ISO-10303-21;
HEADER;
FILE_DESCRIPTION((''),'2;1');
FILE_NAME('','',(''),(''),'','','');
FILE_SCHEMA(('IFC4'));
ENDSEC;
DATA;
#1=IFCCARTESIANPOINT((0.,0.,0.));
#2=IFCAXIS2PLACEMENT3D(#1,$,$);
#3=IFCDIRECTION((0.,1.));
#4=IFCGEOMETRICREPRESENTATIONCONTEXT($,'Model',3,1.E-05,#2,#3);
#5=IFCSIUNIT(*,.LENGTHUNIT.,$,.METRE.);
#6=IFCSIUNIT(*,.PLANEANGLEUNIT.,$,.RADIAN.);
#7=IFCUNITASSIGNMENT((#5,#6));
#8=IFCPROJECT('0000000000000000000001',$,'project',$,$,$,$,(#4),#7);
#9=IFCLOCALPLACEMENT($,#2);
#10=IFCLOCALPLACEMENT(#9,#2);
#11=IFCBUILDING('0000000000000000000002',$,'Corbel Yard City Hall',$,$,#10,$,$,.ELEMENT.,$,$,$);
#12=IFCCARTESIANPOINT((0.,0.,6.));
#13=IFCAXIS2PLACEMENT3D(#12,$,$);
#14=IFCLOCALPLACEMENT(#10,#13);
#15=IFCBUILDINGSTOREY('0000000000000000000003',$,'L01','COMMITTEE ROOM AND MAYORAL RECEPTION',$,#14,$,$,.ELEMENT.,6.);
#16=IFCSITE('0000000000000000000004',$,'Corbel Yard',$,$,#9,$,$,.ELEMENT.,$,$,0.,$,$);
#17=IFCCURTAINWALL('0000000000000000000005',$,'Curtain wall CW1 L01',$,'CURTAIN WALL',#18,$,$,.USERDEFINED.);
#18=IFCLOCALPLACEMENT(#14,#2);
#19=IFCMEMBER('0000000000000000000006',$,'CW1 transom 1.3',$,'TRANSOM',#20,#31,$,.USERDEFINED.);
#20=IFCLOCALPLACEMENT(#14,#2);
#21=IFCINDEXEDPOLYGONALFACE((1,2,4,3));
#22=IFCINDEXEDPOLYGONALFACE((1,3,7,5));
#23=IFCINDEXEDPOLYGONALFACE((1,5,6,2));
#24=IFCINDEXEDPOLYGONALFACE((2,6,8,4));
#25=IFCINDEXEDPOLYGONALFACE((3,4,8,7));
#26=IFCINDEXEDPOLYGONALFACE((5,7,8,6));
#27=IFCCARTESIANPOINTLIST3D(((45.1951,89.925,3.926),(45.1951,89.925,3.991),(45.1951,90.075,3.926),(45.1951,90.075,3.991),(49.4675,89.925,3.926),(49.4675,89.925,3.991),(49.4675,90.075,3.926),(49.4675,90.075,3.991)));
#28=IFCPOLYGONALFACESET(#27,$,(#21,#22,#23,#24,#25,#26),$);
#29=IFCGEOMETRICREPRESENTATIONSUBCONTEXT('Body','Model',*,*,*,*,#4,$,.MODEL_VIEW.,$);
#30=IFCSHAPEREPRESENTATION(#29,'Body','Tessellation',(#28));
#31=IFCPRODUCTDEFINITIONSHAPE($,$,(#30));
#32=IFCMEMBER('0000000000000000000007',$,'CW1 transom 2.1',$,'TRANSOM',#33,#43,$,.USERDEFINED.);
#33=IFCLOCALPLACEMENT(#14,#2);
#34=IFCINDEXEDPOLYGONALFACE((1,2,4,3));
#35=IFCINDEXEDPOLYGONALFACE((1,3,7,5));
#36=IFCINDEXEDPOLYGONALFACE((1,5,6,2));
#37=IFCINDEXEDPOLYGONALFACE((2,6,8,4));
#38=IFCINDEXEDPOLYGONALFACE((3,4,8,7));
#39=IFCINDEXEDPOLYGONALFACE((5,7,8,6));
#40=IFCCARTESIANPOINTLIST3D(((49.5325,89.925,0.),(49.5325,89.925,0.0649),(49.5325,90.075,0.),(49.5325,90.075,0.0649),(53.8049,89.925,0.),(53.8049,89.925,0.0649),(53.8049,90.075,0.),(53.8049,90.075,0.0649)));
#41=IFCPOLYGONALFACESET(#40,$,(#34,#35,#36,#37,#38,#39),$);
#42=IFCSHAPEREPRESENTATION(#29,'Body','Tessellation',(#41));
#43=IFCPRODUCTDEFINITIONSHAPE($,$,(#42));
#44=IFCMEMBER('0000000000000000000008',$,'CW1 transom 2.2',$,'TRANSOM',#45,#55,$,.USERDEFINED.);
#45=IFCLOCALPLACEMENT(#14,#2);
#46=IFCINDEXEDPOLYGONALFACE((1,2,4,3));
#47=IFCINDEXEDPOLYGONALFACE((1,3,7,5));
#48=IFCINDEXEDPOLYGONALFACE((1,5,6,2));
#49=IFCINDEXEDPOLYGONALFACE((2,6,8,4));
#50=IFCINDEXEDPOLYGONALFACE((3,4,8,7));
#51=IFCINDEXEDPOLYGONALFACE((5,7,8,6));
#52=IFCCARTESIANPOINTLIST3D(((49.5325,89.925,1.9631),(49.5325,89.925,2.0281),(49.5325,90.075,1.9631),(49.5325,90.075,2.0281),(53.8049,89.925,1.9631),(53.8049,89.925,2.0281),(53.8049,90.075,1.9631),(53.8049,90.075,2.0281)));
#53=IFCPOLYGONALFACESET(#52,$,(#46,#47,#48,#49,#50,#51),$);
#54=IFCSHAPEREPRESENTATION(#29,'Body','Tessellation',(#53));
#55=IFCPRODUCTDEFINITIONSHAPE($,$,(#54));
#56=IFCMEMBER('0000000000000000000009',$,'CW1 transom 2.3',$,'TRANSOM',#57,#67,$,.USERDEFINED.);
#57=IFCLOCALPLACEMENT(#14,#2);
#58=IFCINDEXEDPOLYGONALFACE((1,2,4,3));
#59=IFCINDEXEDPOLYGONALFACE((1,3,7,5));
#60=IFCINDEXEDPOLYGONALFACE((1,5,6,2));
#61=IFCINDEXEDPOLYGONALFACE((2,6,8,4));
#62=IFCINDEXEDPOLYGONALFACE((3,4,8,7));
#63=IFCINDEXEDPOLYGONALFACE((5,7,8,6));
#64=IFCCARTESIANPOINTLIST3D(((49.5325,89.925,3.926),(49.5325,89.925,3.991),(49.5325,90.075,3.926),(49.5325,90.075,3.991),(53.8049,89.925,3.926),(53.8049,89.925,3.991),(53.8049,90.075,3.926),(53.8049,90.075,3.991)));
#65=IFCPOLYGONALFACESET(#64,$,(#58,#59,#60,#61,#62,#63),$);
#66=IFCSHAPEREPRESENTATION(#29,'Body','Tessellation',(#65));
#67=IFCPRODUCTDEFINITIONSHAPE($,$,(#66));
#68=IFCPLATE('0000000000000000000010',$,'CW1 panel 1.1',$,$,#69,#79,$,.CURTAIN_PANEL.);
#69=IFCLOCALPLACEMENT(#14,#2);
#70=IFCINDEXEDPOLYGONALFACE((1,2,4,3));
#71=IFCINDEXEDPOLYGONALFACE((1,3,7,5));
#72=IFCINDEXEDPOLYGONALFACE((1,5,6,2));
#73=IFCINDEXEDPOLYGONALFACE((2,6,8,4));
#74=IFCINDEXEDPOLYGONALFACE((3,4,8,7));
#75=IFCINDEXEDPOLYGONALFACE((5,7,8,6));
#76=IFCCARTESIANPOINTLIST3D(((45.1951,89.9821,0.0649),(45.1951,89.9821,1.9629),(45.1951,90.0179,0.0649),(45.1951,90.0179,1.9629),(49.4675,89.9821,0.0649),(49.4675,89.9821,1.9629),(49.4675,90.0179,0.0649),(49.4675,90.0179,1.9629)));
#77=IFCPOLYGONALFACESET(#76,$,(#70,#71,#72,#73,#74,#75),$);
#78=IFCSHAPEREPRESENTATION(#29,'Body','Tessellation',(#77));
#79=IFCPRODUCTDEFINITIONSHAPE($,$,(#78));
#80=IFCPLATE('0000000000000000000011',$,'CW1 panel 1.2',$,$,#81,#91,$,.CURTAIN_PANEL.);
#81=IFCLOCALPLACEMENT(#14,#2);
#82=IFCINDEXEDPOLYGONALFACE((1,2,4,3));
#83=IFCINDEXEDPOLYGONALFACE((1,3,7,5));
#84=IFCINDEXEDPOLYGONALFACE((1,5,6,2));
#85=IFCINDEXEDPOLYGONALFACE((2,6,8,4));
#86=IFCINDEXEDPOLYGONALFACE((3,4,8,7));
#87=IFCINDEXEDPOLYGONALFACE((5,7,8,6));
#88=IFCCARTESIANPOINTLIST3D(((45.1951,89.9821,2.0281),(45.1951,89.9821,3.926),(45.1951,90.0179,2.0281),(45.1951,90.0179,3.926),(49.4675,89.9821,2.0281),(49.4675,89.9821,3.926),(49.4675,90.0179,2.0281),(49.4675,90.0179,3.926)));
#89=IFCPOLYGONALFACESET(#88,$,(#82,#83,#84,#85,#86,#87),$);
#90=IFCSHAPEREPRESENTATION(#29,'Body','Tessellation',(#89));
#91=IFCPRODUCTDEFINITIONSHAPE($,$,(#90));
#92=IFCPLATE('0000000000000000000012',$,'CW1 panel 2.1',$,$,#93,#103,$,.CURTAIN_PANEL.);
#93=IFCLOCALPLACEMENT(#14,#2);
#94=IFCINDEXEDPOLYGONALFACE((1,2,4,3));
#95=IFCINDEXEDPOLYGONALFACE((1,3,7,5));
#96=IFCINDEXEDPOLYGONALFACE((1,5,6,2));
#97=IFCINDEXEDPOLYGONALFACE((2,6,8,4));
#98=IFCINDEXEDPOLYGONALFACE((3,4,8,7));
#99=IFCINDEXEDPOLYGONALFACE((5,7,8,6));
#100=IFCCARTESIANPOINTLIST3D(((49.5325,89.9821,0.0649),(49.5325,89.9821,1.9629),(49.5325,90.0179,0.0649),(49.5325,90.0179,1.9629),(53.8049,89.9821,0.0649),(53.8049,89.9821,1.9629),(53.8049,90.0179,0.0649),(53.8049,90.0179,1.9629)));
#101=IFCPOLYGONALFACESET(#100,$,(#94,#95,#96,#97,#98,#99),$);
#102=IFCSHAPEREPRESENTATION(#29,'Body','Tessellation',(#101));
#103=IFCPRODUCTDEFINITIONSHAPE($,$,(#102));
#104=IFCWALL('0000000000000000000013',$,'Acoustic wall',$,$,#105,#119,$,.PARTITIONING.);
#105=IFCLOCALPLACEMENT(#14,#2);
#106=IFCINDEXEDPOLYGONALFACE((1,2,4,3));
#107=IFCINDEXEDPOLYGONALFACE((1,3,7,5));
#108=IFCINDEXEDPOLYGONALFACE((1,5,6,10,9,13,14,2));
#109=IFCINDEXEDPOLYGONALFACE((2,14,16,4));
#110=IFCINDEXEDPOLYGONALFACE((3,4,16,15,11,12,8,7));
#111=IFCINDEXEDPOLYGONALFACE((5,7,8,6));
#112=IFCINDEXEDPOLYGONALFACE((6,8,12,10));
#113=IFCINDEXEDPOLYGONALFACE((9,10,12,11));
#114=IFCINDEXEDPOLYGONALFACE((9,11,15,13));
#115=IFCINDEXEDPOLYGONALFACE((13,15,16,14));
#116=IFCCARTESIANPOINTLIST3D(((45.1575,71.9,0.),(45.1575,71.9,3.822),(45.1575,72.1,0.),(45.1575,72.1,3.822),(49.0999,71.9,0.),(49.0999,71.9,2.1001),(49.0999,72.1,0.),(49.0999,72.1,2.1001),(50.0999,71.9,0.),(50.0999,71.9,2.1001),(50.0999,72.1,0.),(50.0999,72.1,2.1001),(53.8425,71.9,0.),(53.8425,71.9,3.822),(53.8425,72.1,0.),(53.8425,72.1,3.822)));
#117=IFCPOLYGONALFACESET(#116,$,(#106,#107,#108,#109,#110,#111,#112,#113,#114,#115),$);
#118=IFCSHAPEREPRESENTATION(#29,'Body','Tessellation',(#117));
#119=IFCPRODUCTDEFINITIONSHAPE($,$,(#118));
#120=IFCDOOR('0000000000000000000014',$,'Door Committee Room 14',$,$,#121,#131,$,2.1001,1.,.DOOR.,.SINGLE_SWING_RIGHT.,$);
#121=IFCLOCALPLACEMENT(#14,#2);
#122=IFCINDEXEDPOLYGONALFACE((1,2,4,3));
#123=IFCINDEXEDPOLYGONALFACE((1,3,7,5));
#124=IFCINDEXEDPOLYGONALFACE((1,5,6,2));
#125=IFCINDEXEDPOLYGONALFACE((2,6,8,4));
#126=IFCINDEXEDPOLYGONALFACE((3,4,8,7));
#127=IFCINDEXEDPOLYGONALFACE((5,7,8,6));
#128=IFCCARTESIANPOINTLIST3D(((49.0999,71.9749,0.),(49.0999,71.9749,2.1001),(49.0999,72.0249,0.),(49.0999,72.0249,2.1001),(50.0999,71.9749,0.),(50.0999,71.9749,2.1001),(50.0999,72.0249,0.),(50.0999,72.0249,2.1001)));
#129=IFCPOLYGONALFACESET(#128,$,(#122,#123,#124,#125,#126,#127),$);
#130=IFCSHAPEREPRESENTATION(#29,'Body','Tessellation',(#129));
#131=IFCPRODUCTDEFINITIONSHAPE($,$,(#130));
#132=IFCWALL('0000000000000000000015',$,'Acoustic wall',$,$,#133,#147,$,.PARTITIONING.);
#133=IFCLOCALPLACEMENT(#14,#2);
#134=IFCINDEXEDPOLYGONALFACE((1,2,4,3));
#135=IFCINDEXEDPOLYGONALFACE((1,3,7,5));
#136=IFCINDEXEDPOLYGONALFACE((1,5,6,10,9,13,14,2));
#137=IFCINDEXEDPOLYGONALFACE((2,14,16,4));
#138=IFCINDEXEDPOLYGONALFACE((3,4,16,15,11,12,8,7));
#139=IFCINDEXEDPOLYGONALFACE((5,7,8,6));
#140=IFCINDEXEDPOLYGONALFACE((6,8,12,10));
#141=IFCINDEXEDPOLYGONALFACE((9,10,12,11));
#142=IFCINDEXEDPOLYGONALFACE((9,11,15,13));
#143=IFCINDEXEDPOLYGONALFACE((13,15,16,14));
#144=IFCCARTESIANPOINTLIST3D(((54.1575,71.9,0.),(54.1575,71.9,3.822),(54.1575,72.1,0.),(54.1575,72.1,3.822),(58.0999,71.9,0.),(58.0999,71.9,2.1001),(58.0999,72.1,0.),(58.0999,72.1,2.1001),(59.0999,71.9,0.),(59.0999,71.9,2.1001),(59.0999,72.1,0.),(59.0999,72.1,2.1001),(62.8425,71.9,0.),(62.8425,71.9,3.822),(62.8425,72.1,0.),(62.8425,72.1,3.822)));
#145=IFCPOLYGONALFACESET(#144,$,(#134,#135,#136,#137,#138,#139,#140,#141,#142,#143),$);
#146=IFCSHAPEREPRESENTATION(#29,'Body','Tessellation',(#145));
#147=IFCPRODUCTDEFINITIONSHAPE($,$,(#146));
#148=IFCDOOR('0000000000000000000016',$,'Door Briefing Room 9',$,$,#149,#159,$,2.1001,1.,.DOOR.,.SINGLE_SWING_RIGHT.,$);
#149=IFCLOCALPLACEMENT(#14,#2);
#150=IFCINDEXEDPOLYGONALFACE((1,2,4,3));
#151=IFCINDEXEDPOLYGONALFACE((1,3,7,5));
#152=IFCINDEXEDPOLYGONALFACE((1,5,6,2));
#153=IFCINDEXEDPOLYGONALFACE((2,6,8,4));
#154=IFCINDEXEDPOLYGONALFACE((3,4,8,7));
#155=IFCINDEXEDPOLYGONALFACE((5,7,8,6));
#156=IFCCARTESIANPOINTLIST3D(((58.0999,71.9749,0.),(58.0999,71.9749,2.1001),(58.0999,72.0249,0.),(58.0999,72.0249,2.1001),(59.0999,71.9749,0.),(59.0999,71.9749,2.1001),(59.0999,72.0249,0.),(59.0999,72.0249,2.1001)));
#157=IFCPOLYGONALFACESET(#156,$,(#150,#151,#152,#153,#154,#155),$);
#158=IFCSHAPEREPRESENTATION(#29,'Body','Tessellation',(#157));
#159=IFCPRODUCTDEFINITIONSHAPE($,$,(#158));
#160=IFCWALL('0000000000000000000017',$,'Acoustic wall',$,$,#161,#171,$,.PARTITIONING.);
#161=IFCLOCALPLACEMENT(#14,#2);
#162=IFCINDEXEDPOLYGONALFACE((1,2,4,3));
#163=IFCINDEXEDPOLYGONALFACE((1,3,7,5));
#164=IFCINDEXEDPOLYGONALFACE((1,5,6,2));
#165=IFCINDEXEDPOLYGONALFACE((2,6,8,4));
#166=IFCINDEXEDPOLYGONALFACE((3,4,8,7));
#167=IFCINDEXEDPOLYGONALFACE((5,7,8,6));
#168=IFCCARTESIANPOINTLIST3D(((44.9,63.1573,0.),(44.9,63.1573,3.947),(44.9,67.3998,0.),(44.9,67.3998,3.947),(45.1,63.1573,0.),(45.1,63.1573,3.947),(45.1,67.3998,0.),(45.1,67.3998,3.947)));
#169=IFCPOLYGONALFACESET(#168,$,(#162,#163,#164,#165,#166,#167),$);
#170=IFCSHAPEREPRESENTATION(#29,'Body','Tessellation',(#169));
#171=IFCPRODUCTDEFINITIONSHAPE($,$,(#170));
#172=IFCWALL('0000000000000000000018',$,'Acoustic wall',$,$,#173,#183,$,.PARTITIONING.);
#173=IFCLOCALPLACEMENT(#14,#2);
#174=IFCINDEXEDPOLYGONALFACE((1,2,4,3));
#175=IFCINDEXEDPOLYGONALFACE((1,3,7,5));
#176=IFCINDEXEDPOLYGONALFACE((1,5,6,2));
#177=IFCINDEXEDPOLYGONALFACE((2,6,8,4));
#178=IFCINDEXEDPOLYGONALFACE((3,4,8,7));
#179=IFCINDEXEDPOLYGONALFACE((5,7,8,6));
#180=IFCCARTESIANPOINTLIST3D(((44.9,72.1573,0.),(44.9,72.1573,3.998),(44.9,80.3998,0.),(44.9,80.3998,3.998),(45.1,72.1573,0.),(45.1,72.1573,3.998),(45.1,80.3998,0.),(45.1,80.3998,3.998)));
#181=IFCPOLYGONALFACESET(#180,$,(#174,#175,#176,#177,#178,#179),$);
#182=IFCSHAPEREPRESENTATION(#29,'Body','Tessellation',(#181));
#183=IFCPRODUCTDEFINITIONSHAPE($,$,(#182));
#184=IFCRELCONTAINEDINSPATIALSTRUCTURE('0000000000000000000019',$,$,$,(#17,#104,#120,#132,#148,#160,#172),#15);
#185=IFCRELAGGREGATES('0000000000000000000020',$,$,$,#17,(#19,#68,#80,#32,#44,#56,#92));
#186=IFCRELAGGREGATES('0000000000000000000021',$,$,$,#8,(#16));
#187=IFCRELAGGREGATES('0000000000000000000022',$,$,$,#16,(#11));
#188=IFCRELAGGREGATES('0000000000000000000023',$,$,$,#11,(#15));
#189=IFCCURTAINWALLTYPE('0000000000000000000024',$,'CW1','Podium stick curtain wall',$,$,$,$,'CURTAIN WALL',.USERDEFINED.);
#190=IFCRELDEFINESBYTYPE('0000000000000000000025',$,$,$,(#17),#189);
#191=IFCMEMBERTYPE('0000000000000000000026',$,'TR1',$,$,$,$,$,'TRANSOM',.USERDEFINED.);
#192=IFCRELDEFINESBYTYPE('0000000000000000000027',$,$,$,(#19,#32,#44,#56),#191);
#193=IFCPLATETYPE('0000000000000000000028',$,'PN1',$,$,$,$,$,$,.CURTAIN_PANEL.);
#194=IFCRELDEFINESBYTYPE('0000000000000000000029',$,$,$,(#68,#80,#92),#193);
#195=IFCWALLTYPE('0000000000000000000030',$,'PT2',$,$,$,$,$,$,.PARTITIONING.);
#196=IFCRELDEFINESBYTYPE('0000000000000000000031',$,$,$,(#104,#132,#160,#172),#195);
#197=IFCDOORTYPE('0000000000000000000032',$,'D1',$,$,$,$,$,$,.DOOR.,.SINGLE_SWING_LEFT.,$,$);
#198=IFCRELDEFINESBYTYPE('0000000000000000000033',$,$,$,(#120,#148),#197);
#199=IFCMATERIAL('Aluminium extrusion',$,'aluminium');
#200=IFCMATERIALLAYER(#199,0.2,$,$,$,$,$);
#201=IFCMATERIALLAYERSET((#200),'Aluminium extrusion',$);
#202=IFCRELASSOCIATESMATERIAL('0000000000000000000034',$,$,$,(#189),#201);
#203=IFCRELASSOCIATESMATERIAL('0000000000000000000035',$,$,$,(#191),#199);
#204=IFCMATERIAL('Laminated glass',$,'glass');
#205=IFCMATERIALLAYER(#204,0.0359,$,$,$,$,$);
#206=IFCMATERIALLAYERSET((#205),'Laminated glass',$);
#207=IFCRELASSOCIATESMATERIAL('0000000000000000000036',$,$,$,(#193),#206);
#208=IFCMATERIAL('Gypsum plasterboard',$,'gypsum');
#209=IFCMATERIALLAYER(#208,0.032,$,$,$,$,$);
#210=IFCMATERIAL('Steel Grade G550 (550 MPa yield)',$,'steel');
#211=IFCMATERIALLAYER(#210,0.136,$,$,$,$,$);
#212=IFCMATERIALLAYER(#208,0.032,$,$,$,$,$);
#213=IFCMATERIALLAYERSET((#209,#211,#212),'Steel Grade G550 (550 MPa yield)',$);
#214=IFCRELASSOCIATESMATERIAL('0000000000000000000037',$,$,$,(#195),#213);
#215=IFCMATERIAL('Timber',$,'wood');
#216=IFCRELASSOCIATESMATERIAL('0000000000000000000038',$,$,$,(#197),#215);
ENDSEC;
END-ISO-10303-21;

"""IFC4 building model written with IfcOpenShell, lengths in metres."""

from ifc_helpers import new_model, si_unit, direction, frame, frame_2d, origin, origin_2d, place, context, subcontext, project, spatial, rectangle, extrude, material, layer, layer_set, material_profile, profile_set, type_object, element, fill, aggregate, save


model = new_model("IFC4")

# Units and contexts
model_context = context("Model", 3, precision=1e-05, world=origin(), true_north=direction((0.0, 1.0)))
body_context = subcontext(model_context, "Body", "Model", "MODEL_VIEW")
ifc_project = project(units=[si_unit("LENGTHUNIT", "METRE"), si_unit("PLANEANGLEUNIT", "RADIAN")], contexts=[model_context])

# Site, building, storey
site_placement = place(None, origin())
site = spatial("IfcSite", under=ifc_project, at=site_placement, Name="Corbel Yard", CompositionType="ELEMENT", RefElevation=0.0)
building_placement = place(site_placement, origin())
building = spatial("IfcBuilding", under=site, at=building_placement, Name="Corbel Yard City Hall", CompositionType="ELEMENT")
storey_placement = place(building_placement, frame((0.0, 0.0, 6.0)))
storey = spatial("IfcBuildingStorey", under=building, at=storey_placement, Name="L01", Description="COMMITTEE ROOM AND MAYORAL RECEPTION", CompositionType="ELEMENT", Elevation=6.0)

# Curtain wall
ifc_material_1 = material(Name="Aluminium extrusion", Category="aluminium")
ifc_layer_1 = layer(ifc_material_1, 0.2)
ifc_layer_set_1 = layer_set([ifc_layer_1], Name="Aluminium extrusion")
curtain_wall_type = type_object("IfcCurtainWallType", Name="CW1", Description="Podium stick curtain wall", ElementType="CURTAIN WALL", PredefinedType="USERDEFINED", material=ifc_layer_set_1)
curtain_wall_placement = place(storey_placement, origin())
curtain_wall = element("IfcCurtainWall", 1, at=curtain_wall_placement, inside=storey, type_object=curtain_wall_type, Name="Curtain wall CW1 L01", ObjectType="CURTAIN WALL", PredefinedType="USERDEFINED")

# Members
ifc_material_profile_1 = material_profile(ifc_material_1, rectangle(XDim=0.1499, YDim=0.0649, at=origin_2d()), Name="150x65")
ifc_profile_set_1 = profile_set([ifc_material_profile_1], Name="Aluminium extrusion")
member_type_1 = type_object("IfcMemberType", Name="TR1", ElementType="TRANSOM", PredefinedType="USERDEFINED", material=ifc_profile_set_1)
member_1_placement = place(storey_placement, frame((45.1951, 90.0, 3.9585), z_axis=(1.0, 0.0, 0.0), x_axis=(0.0, 1.0, 0.0)))
member_1 = element("IfcMember", 2, at=member_1_placement, type_object=member_type_1, Name="CW1 transom 1.3", ObjectType="TRANSOM", PredefinedType="USERDEFINED", context=body_context, shape_type="SweptSolid", body=[
    extrude(rectangle(XDim=0.1499, YDim=0.0649, at=origin_2d()), origin(), (0.0, 0.0, 1.0), 4.2725),
])
member_2_placement = place(storey_placement, frame((49.5325, 90.0, 0.0325), z_axis=(1.0, 0.0, 0.0), x_axis=(0.0, 1.0, 0.0)))
member_2 = element("IfcMember", 3, at=member_2_placement, type_object=member_type_1, Name="CW1 transom 2.1", ObjectType="TRANSOM", PredefinedType="USERDEFINED", context=body_context, shape_type="SweptSolid", body=[
    extrude(rectangle(XDim=0.1499, YDim=0.0649, at=origin_2d()), origin(), (0.0, 0.0, 1.0), 4.2725),
])
member_3_placement = place(storey_placement, frame((49.5325, 90.0, 1.9956), z_axis=(1.0, 0.0, 0.0), x_axis=(0.0, 1.0, 0.0)))
member_3 = element("IfcMember", 4, at=member_3_placement, type_object=member_type_1, Name="CW1 transom 2.2", ObjectType="TRANSOM", PredefinedType="USERDEFINED", context=body_context, shape_type="SweptSolid", body=[
    extrude(rectangle(XDim=0.1499, YDim=0.0649, at=origin_2d()), origin(), (0.0, 0.0, 1.0), 4.2725),
])
member_4_placement = place(storey_placement, frame((49.5325, 90.0, 3.9585), z_axis=(1.0, 0.0, 0.0), x_axis=(0.0, 1.0, 0.0)))
member_4 = element("IfcMember", 5, at=member_4_placement, type_object=member_type_1, Name="CW1 transom 2.3", ObjectType="TRANSOM", PredefinedType="USERDEFINED", context=body_context, shape_type="SweptSolid", body=[
    extrude(rectangle(XDim=0.1499, YDim=0.0649, at=origin_2d()), origin(), (0.0, 0.0, 1.0), 4.2725),
])

# Plates
ifc_material_2 = material(Name="Laminated glass", Category="glass")
ifc_layer_2 = layer(ifc_material_2, 0.0359)
ifc_layer_set_2 = layer_set([ifc_layer_2], Name="Laminated glass")
plate_type = type_object("IfcPlateType", Name="PN1", PredefinedType="CURTAIN_PANEL", material=ifc_layer_set_2)
plate_1_placement = place(storey_placement, frame((47.3313, 90.0, 0.0649), z_axis=(0.0, 0.0, 1.0), x_axis=(1.0, 0.0, 0.0)))
plate_1 = element("IfcPlate", 6, at=plate_1_placement, type_object=plate_type, Name="CW1 panel 1.1", PredefinedType="CURTAIN_PANEL", context=body_context, shape_type="SweptSolid", body=[
    extrude(rectangle(XDim=4.2725, YDim=0.0359, at=origin_2d()), origin(), (0.0, 0.0, 1.0), 1.8979),
])
plate_2_placement = place(storey_placement, frame((47.3313, 90.0, 2.0281), z_axis=(0.0, 0.0, 1.0), x_axis=(1.0, 0.0, 0.0)))
plate_2 = element("IfcPlate", 7, at=plate_2_placement, type_object=plate_type, Name="CW1 panel 1.2", PredefinedType="CURTAIN_PANEL", context=body_context, shape_type="SweptSolid", body=[
    extrude(rectangle(XDim=4.2725, YDim=0.0359, at=origin_2d()), origin(), (0.0, 0.0, 1.0), 1.8979),
])
plate_3_placement = place(storey_placement, frame((51.6687, 90.0, 0.0649), z_axis=(0.0, 0.0, 1.0), x_axis=(1.0, 0.0, 0.0)))
plate_3 = element("IfcPlate", 8, at=plate_3_placement, type_object=plate_type, Name="CW1 panel 2.1", PredefinedType="CURTAIN_PANEL", context=body_context, shape_type="SweptSolid", body=[
    extrude(rectangle(XDim=4.2725, YDim=0.0359, at=origin_2d()), origin(), (0.0, 0.0, 1.0), 1.8979),
])
aggregate(curtain_wall, [member_1, plate_1, plate_2, member_2, member_3, member_4, plate_3])

# Walls, openings, doors
ifc_material_3 = material(Name="Gypsum plasterboard", Category="gypsum")
ifc_layer_3 = layer(ifc_material_3, 0.032)
ifc_material_4 = material(Name="Steel Grade G550 (550 MPa yield)", Category="steel")
ifc_layer_4 = layer(ifc_material_4, 0.136)
ifc_layer_5 = layer(ifc_material_3, 0.032)
ifc_layer_set_3 = layer_set([ifc_layer_3, ifc_layer_4, ifc_layer_5], Name="Steel Grade G550 (550 MPa yield)")
wall_type = type_object("IfcWallType", Name="PT2", PredefinedType="PARTITIONING", material=ifc_layer_set_3)
wall_1_placement = place(storey_placement, frame((45.1575, 72.0, 0.0), z_axis=(0.0, 0.0, 1.0), x_axis=(1.0, 0.0, 0.0)))
wall_1 = element("IfcWall", 9, at=wall_1_placement, inside=storey, type_object=wall_type, Name="Acoustic wall", PredefinedType="PARTITIONING", context=body_context, shape_type="SweptSolid", body=[
    extrude(rectangle(XDim=8.6851, YDim=0.2, at=frame_2d((4.3425, 0.0))), origin(), (0.0, 0.0, 1.0), 3.822),
])
opening_1_placement = place(wall_1_placement, frame((3.9424, 0.0, 0.0)))
opening_1 = element("IfcOpeningElement", 10, at=opening_1_placement, cuts=wall_1, PredefinedType="OPENING", context=body_context, shape_type="SweptSolid", body=[
    extrude(rectangle(XDim=1.0, YDim=2.1001, at=frame_2d((0.5, 1.05))), frame((0.0, 0.1099, 0.0), z_axis=(0.0, -1.0, 0.0), x_axis=(1.0, 0.0, 0.0)), (0.0, 0.0, 1.0), 0.22),
])
ifc_material_5 = material(Name="Timber", Category="wood")
door_type = type_object("IfcDoorType", Name="D1", OperationType="SINGLE_SWING_LEFT", PredefinedType="DOOR", material=ifc_material_5)
door_1_placement = place(opening_1_placement, origin())
door_1 = element("IfcDoor", 11, at=door_1_placement, inside=storey, type_object=door_type, Name="Door Committee Room 14", OperationType="SINGLE_SWING_RIGHT", OverallHeight=2.1001, OverallWidth=1.0, PredefinedType="DOOR", context=body_context, shape_type="SweptSolid", body=[
    extrude(rectangle(XDim=1.0, YDim=2.1001, at=frame_2d((0.5, 1.05))), frame((0.0, 0.0249, 0.0), z_axis=(0.0, -1.0, 0.0), x_axis=(1.0, 0.0, 0.0)), (0.0, 0.0, 1.0), 0.05),
])
fill(opening_1, door_1)
wall_2_placement = place(storey_placement, frame((54.1575, 72.0, 0.0), z_axis=(0.0, 0.0, 1.0), x_axis=(1.0, 0.0, 0.0)))
wall_2 = element("IfcWall", 12, at=wall_2_placement, inside=storey, type_object=wall_type, Name="Acoustic wall", PredefinedType="PARTITIONING", context=body_context, shape_type="SweptSolid", body=[
    extrude(rectangle(XDim=8.6851, YDim=0.2, at=frame_2d((4.3425, 0.0))), origin(), (0.0, 0.0, 1.0), 3.822),
])
opening_2_placement = place(wall_2_placement, frame((3.9424, 0.0, 0.0)))
opening_2 = element("IfcOpeningElement", 13, at=opening_2_placement, cuts=wall_2, PredefinedType="OPENING", context=body_context, shape_type="SweptSolid", body=[
    extrude(rectangle(XDim=1.0, YDim=2.1001, at=frame_2d((0.5, 1.05))), frame((0.0, 0.1099, 0.0), z_axis=(0.0, -1.0, 0.0), x_axis=(1.0, 0.0, 0.0)), (0.0, 0.0, 1.0), 0.22),
])
door_2_placement = place(opening_2_placement, origin())
door_2 = element("IfcDoor", 14, at=door_2_placement, inside=storey, type_object=door_type, Name="Door Briefing Room 9", OperationType="SINGLE_SWING_RIGHT", OverallHeight=2.1001, OverallWidth=1.0, PredefinedType="DOOR", context=body_context, shape_type="SweptSolid", body=[
    extrude(rectangle(XDim=1.0, YDim=2.1001, at=frame_2d((0.5, 1.05))), frame((0.0, 0.0249, 0.0), z_axis=(0.0, -1.0, 0.0), x_axis=(1.0, 0.0, 0.0)), (0.0, 0.0, 1.0), 0.05),
])
fill(opening_2, door_2)

# Walls
wall_3_placement = place(storey_placement, frame((45.0, 63.1575, 0.0), z_axis=(0.0, 0.0, 1.0), x_axis=(0.0, 1.0, 0.0)))
element("IfcWall", 15, at=wall_3_placement, inside=storey, type_object=wall_type, Name="Acoustic wall", PredefinedType="PARTITIONING", context=body_context, shape_type="SweptSolid", body=[
    extrude(rectangle(XDim=4.2424, YDim=0.2, at=frame_2d((2.1211, 0.0))), origin(), (0.0, 0.0, 1.0), 3.947),
])
wall_4_placement = place(storey_placement, frame((45.0, 72.1575, 0.0), z_axis=(0.0, 0.0, 1.0), x_axis=(0.0, 1.0, 0.0)))
element("IfcWall", 16, at=wall_4_placement, inside=storey, type_object=wall_type, Name="Acoustic wall", PredefinedType="PARTITIONING", context=body_context, shape_type="SweptSolid", body=[
    extrude(rectangle(XDim=8.2424, YDim=0.2, at=frame_2d((4.1211, 0.0))), origin(), (0.0, 0.0, 1.0), 3.998),
])

save(model, "model.ifc")
